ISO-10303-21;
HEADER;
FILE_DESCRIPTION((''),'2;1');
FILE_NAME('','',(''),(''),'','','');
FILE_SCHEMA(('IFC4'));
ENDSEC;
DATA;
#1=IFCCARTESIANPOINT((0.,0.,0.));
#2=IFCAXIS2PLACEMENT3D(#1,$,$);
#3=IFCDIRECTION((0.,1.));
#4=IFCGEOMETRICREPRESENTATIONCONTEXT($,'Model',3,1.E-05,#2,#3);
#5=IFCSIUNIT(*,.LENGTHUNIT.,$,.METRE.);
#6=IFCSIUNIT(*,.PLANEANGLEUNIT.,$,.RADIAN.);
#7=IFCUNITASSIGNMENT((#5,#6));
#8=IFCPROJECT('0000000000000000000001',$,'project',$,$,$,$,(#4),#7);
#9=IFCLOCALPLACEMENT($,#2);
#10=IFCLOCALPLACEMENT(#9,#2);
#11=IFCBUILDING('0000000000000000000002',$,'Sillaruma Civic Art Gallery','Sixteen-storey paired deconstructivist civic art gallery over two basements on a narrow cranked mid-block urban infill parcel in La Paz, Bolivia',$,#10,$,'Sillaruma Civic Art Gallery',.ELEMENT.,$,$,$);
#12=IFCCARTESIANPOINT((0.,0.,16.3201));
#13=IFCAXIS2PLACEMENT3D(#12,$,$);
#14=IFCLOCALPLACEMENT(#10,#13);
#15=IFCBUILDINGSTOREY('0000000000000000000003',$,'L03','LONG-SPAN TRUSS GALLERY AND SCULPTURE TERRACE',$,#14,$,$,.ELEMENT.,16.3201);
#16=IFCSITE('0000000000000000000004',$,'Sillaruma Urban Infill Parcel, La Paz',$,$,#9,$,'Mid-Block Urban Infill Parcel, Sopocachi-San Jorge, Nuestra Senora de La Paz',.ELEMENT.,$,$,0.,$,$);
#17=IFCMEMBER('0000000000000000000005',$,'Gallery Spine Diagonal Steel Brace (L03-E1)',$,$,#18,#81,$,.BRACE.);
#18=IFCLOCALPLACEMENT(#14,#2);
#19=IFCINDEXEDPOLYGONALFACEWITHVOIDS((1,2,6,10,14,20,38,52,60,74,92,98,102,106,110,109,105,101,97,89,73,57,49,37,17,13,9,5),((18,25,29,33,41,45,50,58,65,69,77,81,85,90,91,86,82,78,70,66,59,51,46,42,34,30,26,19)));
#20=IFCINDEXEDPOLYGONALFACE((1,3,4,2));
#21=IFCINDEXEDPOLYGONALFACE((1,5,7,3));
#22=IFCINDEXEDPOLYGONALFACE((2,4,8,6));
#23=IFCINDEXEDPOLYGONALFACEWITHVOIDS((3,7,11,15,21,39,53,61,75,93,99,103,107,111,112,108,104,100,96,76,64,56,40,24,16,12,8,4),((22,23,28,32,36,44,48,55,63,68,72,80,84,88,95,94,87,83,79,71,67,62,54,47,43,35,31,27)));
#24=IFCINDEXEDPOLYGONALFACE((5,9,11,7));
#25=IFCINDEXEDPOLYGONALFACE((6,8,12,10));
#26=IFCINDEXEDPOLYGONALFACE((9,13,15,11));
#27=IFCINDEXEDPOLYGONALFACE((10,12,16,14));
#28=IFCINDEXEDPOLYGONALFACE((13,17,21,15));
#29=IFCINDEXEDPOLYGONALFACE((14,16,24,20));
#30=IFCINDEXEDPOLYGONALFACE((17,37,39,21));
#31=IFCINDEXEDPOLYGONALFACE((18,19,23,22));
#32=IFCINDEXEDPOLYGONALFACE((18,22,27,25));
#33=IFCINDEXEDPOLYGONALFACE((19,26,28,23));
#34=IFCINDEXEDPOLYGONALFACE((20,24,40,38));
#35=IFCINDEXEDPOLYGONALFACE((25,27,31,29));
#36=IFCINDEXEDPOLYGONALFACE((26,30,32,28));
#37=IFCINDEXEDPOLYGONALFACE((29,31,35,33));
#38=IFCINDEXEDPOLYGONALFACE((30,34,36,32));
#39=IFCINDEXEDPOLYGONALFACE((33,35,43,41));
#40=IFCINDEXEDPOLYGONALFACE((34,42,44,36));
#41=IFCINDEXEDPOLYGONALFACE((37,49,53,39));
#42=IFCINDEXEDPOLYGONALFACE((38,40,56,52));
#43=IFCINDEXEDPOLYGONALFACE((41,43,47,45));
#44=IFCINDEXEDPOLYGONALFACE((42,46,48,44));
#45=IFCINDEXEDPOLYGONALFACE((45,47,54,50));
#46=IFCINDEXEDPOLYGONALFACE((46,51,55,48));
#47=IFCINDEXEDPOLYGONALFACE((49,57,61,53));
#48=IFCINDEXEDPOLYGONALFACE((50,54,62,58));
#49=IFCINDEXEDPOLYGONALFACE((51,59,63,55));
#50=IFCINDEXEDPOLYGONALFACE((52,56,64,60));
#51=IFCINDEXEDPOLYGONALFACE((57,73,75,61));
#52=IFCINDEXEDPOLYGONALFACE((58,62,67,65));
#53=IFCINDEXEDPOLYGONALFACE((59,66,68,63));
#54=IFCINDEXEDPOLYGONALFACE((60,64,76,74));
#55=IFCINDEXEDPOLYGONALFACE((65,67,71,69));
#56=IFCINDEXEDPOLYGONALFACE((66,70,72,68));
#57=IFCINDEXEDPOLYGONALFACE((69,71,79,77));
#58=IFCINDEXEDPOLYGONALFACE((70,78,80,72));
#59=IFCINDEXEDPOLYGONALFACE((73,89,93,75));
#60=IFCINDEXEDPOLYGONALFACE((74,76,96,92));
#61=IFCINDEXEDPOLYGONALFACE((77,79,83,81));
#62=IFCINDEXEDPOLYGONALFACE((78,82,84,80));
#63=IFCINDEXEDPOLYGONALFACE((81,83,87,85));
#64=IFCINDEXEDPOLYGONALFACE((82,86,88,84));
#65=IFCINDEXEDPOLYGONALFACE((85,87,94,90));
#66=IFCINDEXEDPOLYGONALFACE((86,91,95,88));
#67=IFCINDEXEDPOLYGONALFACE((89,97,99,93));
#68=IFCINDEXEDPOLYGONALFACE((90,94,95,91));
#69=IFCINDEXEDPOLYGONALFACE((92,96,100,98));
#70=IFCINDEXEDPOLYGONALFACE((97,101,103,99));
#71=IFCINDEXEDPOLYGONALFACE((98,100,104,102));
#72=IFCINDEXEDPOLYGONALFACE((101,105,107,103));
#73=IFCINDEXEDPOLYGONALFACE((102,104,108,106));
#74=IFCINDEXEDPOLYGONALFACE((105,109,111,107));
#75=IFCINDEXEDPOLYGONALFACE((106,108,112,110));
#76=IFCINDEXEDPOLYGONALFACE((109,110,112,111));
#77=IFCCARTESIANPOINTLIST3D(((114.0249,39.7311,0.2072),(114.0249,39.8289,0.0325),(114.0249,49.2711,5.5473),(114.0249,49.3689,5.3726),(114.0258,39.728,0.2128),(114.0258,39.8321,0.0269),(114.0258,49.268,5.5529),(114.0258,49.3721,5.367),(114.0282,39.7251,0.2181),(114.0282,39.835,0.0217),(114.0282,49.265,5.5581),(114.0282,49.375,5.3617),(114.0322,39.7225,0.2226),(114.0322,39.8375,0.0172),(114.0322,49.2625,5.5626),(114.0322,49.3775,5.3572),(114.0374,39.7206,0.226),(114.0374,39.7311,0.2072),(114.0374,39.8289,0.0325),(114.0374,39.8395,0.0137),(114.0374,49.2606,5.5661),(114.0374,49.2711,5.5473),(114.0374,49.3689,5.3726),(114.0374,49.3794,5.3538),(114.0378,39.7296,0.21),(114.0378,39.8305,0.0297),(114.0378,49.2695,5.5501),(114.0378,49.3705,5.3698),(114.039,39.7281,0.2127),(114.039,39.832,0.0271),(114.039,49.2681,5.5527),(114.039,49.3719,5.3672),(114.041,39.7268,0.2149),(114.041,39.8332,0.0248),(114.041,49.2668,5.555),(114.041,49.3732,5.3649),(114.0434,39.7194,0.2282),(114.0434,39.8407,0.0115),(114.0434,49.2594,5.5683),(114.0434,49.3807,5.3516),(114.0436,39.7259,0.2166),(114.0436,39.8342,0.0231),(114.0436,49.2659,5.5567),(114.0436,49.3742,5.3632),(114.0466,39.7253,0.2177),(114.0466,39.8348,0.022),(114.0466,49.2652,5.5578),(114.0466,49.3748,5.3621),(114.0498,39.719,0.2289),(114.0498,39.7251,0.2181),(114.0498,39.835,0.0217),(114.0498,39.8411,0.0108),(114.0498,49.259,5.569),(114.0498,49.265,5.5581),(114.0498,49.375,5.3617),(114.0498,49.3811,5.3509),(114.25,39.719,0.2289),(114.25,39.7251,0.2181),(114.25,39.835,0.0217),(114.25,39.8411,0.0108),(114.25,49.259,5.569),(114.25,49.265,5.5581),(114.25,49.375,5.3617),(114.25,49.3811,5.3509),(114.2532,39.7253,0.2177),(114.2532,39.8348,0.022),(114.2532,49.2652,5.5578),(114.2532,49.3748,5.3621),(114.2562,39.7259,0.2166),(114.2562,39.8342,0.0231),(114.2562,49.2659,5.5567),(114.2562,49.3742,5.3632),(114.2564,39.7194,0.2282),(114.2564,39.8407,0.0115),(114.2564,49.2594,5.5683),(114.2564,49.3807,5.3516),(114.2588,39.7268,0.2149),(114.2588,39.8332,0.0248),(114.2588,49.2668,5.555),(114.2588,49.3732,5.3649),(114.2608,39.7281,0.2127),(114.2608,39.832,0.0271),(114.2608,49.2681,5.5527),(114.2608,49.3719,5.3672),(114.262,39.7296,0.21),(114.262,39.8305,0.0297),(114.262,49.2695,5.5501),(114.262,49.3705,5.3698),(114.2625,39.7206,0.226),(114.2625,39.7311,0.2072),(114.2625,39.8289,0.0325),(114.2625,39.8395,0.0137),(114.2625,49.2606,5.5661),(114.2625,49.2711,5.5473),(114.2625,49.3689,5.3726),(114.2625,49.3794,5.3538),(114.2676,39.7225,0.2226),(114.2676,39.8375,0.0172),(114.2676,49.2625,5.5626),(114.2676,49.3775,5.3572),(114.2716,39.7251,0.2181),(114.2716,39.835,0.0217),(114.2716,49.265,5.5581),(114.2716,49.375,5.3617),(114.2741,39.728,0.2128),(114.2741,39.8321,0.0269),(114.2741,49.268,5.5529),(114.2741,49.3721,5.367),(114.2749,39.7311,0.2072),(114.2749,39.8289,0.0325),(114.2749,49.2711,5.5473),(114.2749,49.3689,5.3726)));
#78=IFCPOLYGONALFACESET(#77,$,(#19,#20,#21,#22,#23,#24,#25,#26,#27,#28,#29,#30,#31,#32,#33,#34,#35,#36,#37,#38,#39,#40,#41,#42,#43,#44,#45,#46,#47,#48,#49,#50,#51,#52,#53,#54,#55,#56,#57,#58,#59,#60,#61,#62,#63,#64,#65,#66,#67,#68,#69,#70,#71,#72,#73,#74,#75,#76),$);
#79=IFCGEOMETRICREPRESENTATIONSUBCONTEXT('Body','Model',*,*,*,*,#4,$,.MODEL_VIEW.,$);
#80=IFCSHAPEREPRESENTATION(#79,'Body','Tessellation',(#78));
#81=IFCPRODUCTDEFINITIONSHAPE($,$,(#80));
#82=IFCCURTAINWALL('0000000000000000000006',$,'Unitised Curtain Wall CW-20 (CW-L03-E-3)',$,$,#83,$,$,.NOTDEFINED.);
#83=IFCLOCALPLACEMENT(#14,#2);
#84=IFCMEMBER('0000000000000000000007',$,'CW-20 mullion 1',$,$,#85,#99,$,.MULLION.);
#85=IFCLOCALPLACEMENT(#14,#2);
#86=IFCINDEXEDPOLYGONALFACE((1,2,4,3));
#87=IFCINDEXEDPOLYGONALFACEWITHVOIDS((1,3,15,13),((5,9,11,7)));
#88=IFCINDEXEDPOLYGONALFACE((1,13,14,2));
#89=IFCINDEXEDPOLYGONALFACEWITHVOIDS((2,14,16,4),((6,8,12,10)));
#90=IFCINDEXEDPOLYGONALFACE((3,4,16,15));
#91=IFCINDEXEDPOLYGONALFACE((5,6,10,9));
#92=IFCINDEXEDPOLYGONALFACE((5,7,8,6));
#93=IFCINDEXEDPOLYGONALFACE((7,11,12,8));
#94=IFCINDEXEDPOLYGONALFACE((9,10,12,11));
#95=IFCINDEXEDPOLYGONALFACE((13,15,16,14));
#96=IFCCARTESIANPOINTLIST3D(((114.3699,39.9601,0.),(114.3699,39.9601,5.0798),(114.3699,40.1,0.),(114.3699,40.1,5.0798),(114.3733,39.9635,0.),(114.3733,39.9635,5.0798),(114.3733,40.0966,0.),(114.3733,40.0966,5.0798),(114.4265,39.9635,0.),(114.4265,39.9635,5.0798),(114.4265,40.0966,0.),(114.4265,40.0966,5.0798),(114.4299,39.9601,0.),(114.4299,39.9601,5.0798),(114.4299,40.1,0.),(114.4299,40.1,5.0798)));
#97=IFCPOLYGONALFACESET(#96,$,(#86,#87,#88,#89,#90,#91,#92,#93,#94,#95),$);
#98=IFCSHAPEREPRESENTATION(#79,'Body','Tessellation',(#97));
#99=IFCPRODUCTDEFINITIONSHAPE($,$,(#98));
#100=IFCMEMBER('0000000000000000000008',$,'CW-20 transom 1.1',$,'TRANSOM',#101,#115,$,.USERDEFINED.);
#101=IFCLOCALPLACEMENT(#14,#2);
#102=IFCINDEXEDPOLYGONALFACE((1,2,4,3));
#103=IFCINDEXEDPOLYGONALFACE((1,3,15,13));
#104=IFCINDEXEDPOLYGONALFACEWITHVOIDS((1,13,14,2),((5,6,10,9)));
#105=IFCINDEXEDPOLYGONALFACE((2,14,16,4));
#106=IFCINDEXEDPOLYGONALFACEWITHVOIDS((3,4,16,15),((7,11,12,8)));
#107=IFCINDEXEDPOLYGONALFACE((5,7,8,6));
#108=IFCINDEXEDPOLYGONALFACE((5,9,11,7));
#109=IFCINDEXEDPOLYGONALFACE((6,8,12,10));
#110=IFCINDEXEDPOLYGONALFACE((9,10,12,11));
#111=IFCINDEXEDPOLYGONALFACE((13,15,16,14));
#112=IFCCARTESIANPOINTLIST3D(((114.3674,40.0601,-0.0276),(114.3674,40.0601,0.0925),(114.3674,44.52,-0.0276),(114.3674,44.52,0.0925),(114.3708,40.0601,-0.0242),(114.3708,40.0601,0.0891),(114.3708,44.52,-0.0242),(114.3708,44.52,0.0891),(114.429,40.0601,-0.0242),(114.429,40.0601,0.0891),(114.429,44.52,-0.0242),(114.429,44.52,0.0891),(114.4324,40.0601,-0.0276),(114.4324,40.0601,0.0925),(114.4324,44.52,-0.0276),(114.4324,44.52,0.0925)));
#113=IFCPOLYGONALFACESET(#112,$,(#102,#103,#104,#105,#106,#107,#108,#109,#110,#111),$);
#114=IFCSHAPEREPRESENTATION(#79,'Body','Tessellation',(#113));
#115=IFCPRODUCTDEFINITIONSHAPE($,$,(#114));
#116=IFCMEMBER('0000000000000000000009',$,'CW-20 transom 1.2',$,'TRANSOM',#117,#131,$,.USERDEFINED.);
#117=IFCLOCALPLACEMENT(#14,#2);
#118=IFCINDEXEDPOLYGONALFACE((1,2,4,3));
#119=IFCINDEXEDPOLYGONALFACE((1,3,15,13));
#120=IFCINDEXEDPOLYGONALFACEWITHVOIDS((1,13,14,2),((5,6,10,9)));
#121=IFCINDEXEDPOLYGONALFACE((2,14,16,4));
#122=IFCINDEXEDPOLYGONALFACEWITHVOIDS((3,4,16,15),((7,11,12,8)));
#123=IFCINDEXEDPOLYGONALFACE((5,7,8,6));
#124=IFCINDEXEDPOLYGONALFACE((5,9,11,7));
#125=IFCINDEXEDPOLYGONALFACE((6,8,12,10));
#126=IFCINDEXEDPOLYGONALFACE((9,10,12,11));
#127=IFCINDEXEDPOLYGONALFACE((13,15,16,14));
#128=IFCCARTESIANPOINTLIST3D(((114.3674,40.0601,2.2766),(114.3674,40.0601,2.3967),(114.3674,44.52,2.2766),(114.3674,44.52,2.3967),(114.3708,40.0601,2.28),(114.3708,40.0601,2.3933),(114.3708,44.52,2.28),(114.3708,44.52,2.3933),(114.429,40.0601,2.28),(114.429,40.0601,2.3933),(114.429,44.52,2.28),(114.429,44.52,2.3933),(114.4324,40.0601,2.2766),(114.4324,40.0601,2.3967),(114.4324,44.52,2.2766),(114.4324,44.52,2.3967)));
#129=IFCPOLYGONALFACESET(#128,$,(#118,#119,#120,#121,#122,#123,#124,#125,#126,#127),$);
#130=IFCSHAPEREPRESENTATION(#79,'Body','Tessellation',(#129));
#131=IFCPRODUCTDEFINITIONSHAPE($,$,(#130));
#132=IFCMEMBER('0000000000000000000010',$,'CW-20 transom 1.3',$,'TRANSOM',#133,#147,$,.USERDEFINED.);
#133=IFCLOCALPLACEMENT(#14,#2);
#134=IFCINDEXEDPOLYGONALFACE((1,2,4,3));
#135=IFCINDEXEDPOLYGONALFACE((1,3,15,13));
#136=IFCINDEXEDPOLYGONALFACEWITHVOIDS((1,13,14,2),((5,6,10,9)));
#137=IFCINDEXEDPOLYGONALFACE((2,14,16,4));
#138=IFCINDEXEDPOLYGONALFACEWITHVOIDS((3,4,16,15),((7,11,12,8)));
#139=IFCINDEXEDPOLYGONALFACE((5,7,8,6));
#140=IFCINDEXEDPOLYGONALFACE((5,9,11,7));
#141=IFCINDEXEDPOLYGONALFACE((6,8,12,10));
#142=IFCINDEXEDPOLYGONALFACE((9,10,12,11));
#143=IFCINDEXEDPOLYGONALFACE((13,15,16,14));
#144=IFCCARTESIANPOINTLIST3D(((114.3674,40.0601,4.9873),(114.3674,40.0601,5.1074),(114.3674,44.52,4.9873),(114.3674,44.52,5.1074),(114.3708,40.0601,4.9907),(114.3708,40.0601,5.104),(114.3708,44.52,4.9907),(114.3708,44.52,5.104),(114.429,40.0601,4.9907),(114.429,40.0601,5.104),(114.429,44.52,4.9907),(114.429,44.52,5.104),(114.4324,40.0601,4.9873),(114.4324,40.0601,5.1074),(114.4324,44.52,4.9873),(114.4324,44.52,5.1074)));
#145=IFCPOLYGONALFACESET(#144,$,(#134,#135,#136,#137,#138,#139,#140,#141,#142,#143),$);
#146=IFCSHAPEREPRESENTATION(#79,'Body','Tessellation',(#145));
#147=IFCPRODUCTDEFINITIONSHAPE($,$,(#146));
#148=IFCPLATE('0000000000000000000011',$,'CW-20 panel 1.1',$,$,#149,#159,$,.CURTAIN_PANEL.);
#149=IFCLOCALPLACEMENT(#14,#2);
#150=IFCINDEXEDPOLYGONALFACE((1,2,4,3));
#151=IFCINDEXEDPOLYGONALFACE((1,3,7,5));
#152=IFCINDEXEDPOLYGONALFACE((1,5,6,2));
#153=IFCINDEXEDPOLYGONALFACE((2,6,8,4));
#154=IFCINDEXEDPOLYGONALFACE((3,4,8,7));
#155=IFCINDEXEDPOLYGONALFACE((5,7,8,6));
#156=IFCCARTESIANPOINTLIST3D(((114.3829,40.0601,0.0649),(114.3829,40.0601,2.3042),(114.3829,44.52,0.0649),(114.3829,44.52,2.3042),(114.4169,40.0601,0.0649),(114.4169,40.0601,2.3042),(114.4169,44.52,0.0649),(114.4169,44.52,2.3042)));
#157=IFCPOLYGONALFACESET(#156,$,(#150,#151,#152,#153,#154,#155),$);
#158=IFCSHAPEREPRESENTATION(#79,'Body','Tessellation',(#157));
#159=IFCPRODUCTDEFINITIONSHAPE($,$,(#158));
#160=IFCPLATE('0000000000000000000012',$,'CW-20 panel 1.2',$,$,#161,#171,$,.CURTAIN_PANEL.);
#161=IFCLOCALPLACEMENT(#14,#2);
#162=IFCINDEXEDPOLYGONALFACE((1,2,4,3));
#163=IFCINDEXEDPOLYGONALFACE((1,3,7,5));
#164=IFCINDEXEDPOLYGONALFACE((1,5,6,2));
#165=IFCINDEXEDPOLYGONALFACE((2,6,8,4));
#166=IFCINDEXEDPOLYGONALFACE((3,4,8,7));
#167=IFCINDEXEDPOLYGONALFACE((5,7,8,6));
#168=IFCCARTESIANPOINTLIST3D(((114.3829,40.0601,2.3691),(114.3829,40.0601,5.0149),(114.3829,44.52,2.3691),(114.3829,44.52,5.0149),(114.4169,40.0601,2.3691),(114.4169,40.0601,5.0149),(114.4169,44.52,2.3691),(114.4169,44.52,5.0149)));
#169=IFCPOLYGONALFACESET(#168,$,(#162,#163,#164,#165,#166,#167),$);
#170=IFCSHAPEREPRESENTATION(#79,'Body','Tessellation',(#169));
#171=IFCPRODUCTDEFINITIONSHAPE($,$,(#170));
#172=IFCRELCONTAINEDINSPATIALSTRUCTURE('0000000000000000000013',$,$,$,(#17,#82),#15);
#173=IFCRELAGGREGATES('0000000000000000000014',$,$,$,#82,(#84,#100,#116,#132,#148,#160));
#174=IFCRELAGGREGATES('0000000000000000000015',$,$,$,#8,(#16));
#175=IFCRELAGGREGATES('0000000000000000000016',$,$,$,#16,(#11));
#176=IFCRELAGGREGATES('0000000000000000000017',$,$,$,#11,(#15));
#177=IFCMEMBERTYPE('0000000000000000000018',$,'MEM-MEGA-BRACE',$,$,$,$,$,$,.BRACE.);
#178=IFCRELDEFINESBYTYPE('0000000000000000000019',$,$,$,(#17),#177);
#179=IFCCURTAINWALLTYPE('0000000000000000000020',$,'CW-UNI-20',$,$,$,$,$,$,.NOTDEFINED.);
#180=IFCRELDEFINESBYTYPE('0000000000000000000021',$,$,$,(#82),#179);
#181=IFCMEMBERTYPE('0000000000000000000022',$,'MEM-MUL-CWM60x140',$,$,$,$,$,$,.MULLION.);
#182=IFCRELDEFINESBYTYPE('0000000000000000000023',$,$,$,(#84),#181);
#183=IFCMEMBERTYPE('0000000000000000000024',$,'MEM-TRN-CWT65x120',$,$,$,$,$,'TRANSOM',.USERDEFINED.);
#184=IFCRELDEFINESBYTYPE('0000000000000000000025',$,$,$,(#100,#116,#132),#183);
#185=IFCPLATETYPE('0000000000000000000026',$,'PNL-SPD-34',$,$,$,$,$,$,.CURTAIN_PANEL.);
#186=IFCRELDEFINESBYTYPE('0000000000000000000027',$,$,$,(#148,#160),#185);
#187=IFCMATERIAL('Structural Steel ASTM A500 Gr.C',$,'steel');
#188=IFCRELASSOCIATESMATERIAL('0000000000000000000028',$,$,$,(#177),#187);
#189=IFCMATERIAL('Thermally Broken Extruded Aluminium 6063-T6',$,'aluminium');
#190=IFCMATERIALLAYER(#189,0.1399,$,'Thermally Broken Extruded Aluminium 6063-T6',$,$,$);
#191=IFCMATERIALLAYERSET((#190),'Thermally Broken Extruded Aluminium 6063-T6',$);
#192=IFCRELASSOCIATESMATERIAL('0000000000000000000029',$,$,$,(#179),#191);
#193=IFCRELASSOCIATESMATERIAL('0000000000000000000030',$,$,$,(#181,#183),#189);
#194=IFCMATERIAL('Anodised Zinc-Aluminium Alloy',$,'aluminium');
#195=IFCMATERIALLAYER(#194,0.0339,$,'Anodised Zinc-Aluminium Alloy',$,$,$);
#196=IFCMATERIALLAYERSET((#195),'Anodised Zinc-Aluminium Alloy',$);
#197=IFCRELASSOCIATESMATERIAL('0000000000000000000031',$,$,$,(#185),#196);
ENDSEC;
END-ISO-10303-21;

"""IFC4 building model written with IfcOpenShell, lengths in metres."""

from ifc_helpers import new_model, si_unit, direction, frame, origin, origin_2d, place, context, subcontext, project, spatial, rectangle, hollow_rectangle, extrude, material, layer, layer_set, material_profile, profile_set, type_object, element, aggregate, save


model = new_model("IFC4")

# Units and contexts
model_context = context("Model", 3, precision=1e-05, world=origin(), true_north=direction((0.0, 1.0)))
body_context = subcontext(model_context, "Body", "Model", "MODEL_VIEW")
ifc_project = project(units=[si_unit("LENGTHUNIT", "METRE"), si_unit("PLANEANGLEUNIT", "RADIAN")], contexts=[model_context])

# Site, building, storey
site_placement = place(None, origin())
site = spatial("IfcSite", under=ifc_project, at=site_placement, Name="Sillaruma Urban Infill Parcel, La Paz", LongName="Mid-Block Urban Infill Parcel, Sopocachi-San Jorge, Nuestra Senora de La Paz", CompositionType="ELEMENT", RefElevation=0.0)
building_placement = place(site_placement, origin())
building = spatial("IfcBuilding", under=site, at=building_placement, Name="Sillaruma Civic Art Gallery", Description="Sixteen-storey paired deconstructivist civic art gallery over two basements on a narrow cranked mid-block urban infill parcel in La Paz, Bolivia", LongName="Sillaruma Civic Art Gallery", CompositionType="ELEMENT")
storey_placement = place(building_placement, frame((0.0, 0.0, 16.3201)))
storey = spatial("IfcBuildingStorey", under=building, at=storey_placement, Name="L03", Description="LONG-SPAN TRUSS GALLERY AND SCULPTURE TERRACE", CompositionType="ELEMENT", Elevation=16.3201)

# Member
ifc_material_1 = material(Name="Structural Steel ASTM A500 Gr.C", Category="steel")
ifc_material_profile_1 = material_profile(ifc_material_1, hollow_rectangle(XDim=0.25, YDim=0.25, WallThickness=0.0125, InnerFilletRadius=0.0125, OuterFilletRadius=0.0249, at=origin_2d()), Name="HSS250x250x12.5")
ifc_profile_set_1 = profile_set([ifc_material_profile_1], Name="Structural Steel ASTM A500 Gr.C")
member_type_1 = type_object("IfcMemberType", Name="MEM-MEGA-BRACE", PredefinedType="BRACE", material=ifc_profile_set_1)
member_1_placement = place(storey_placement, frame((114.1499, 39.78, 0.1199), z_axis=(0.0, 0.872597, 0.488441), x_axis=(-1.0, 0.0, 0.0)))
element("IfcMember", 1, at=member_1_placement, inside=storey, type_object=member_type_1, Name="Gallery Spine Diagonal Steel Brace (L03-E1)", PredefinedType="BRACE", context=body_context, shape_type="SweptSolid", body=[
    extrude(hollow_rectangle(XDim=0.25, YDim=0.25, WallThickness=0.0125, InnerFilletRadius=0.0125, OuterFilletRadius=0.0249, at=origin_2d()), origin(), (0.0, 0.0, 1.0), 10.9329),
])

# Curtain wall, members, plates
ifc_material_2 = material(Name="Thermally Broken Extruded Aluminium 6063-T6", Category="aluminium")
ifc_layer_1 = layer(ifc_material_2, 0.1399, Name="Thermally Broken Extruded Aluminium 6063-T6")
ifc_layer_set_1 = layer_set([ifc_layer_1], Name="Thermally Broken Extruded Aluminium 6063-T6")
curtain_wall_type = type_object("IfcCurtainWallType", Name="CW-UNI-20", PredefinedType="NOTDEFINED", material=ifc_layer_set_1)
curtain_wall_placement = place(storey_placement, origin())
curtain_wall = element("IfcCurtainWall", 2, at=curtain_wall_placement, inside=storey, type_object=curtain_wall_type, Name="Unitised Curtain Wall CW-20 (CW-L03-E-3)", PredefinedType="NOTDEFINED")
ifc_material_profile_2 = material_profile(ifc_material_2, hollow_rectangle(XDim=0.0601, YDim=0.1399, WallThickness=0.0034, at=origin_2d()), Name="CWM60x140")
ifc_profile_set_2 = profile_set([ifc_material_profile_2], Name="Thermally Broken Extruded Aluminium 6063-T6")
member_type_2 = type_object("IfcMemberType", Name="MEM-MUL-CWM60x140", PredefinedType="MULLION", material=ifc_profile_set_2)
member_2_placement = place(storey_placement, frame((114.3999, 40.03, 0.0), z_axis=(0.0, 0.0, 1.0), x_axis=(-1.0, 0.0, 0.0)))
member_2 = element("IfcMember", 3, at=member_2_placement, type_object=member_type_2, Name="CW-20 mullion 1", PredefinedType="MULLION", context=body_context, shape_type="SweptSolid", body=[
    extrude(hollow_rectangle(XDim=0.0601, YDim=0.1399, WallThickness=0.0034, at=origin_2d()), origin(), (0.0, 0.0, 1.0), 5.0798),
])
ifc_material_profile_3 = material_profile(ifc_material_2, hollow_rectangle(XDim=0.0649, YDim=0.1201, WallThickness=0.0034, at=origin_2d()), Name="CWT65x120")
ifc_profile_set_3 = profile_set([ifc_material_profile_3], Name="Thermally Broken Extruded Aluminium 6063-T6")
member_type_3 = type_object("IfcMemberType", Name="MEM-TRN-CWT65x120", ElementType="TRANSOM", PredefinedType="USERDEFINED", material=ifc_profile_set_3)
member_3_placement = place(storey_placement, frame((114.3999, 40.0601, 0.0325), z_axis=(0.0, 1.0, 0.0), x_axis=(-1.0, 0.0, 0.0)))
member_3 = element("IfcMember", 4, at=member_3_placement, type_object=member_type_3, Name="CW-20 transom 1.1", ObjectType="TRANSOM", PredefinedType="USERDEFINED", context=body_context, shape_type="SweptSolid", body=[
    extrude(hollow_rectangle(XDim=0.0649, YDim=0.1201, WallThickness=0.0034, at=origin_2d()), origin(), (0.0, 0.0, 1.0), 4.46),
])
member_4_placement = place(storey_placement, frame((114.3999, 40.0601, 2.3367), z_axis=(0.0, 1.0, 0.0), x_axis=(-1.0, 0.0, 0.0)))
member_4 = element("IfcMember", 5, at=member_4_placement, type_object=member_type_3, Name="CW-20 transom 1.2", ObjectType="TRANSOM", PredefinedType="USERDEFINED", context=body_context, shape_type="SweptSolid", body=[
    extrude(hollow_rectangle(XDim=0.0649, YDim=0.1201, WallThickness=0.0034, at=origin_2d()), origin(), (0.0, 0.0, 1.0), 4.46),
])
member_5_placement = place(storey_placement, frame((114.3999, 40.0601, 5.0474), z_axis=(0.0, 1.0, 0.0), x_axis=(-1.0, 0.0, 0.0)))
member_5 = element("IfcMember", 6, at=member_5_placement, type_object=member_type_3, Name="CW-20 transom 1.3", ObjectType="TRANSOM", PredefinedType="USERDEFINED", context=body_context, shape_type="SweptSolid", body=[
    extrude(hollow_rectangle(XDim=0.0649, YDim=0.1201, WallThickness=0.0034, at=origin_2d()), origin(), (0.0, 0.0, 1.0), 4.46),
])
ifc_material_3 = material(Name="Anodised Zinc-Aluminium Alloy", Category="aluminium")
ifc_layer_2 = layer(ifc_material_3, 0.0339, Name="Anodised Zinc-Aluminium Alloy")
ifc_layer_set_2 = layer_set([ifc_layer_2], Name="Anodised Zinc-Aluminium Alloy")
plate_type = type_object("IfcPlateType", Name="PNL-SPD-34", PredefinedType="CURTAIN_PANEL", material=ifc_layer_set_2)
plate_1_placement = place(storey_placement, frame((114.3999, 42.29, 0.0649), z_axis=(0.0, 0.0, 1.0), x_axis=(0.0, 1.0, 0.0)))
plate_1 = element("IfcPlate", 7, at=plate_1_placement, type_object=plate_type, Name="CW-20 panel 1.1", PredefinedType="CURTAIN_PANEL", context=body_context, shape_type="SweptSolid", body=[
    extrude(rectangle(XDim=4.46, YDim=0.0339, at=origin_2d()), origin(), (0.0, 0.0, 1.0), 2.2393),
])
plate_2_placement = place(storey_placement, frame((114.3999, 42.29, 2.3691), z_axis=(0.0, 0.0, 1.0), x_axis=(0.0, 1.0, 0.0)))
plate_2 = element("IfcPlate", 8, at=plate_2_placement, type_object=plate_type, Name="CW-20 panel 1.2", PredefinedType="CURTAIN_PANEL", context=body_context, shape_type="SweptSolid", body=[
    extrude(rectangle(XDim=4.46, YDim=0.0339, at=origin_2d()), origin(), (0.0, 0.0, 1.0), 2.6458),
])
aggregate(curtain_wall, [member_2, member_3, member_4, member_5, plate_1, plate_2])

save(model, "model.ifc")
